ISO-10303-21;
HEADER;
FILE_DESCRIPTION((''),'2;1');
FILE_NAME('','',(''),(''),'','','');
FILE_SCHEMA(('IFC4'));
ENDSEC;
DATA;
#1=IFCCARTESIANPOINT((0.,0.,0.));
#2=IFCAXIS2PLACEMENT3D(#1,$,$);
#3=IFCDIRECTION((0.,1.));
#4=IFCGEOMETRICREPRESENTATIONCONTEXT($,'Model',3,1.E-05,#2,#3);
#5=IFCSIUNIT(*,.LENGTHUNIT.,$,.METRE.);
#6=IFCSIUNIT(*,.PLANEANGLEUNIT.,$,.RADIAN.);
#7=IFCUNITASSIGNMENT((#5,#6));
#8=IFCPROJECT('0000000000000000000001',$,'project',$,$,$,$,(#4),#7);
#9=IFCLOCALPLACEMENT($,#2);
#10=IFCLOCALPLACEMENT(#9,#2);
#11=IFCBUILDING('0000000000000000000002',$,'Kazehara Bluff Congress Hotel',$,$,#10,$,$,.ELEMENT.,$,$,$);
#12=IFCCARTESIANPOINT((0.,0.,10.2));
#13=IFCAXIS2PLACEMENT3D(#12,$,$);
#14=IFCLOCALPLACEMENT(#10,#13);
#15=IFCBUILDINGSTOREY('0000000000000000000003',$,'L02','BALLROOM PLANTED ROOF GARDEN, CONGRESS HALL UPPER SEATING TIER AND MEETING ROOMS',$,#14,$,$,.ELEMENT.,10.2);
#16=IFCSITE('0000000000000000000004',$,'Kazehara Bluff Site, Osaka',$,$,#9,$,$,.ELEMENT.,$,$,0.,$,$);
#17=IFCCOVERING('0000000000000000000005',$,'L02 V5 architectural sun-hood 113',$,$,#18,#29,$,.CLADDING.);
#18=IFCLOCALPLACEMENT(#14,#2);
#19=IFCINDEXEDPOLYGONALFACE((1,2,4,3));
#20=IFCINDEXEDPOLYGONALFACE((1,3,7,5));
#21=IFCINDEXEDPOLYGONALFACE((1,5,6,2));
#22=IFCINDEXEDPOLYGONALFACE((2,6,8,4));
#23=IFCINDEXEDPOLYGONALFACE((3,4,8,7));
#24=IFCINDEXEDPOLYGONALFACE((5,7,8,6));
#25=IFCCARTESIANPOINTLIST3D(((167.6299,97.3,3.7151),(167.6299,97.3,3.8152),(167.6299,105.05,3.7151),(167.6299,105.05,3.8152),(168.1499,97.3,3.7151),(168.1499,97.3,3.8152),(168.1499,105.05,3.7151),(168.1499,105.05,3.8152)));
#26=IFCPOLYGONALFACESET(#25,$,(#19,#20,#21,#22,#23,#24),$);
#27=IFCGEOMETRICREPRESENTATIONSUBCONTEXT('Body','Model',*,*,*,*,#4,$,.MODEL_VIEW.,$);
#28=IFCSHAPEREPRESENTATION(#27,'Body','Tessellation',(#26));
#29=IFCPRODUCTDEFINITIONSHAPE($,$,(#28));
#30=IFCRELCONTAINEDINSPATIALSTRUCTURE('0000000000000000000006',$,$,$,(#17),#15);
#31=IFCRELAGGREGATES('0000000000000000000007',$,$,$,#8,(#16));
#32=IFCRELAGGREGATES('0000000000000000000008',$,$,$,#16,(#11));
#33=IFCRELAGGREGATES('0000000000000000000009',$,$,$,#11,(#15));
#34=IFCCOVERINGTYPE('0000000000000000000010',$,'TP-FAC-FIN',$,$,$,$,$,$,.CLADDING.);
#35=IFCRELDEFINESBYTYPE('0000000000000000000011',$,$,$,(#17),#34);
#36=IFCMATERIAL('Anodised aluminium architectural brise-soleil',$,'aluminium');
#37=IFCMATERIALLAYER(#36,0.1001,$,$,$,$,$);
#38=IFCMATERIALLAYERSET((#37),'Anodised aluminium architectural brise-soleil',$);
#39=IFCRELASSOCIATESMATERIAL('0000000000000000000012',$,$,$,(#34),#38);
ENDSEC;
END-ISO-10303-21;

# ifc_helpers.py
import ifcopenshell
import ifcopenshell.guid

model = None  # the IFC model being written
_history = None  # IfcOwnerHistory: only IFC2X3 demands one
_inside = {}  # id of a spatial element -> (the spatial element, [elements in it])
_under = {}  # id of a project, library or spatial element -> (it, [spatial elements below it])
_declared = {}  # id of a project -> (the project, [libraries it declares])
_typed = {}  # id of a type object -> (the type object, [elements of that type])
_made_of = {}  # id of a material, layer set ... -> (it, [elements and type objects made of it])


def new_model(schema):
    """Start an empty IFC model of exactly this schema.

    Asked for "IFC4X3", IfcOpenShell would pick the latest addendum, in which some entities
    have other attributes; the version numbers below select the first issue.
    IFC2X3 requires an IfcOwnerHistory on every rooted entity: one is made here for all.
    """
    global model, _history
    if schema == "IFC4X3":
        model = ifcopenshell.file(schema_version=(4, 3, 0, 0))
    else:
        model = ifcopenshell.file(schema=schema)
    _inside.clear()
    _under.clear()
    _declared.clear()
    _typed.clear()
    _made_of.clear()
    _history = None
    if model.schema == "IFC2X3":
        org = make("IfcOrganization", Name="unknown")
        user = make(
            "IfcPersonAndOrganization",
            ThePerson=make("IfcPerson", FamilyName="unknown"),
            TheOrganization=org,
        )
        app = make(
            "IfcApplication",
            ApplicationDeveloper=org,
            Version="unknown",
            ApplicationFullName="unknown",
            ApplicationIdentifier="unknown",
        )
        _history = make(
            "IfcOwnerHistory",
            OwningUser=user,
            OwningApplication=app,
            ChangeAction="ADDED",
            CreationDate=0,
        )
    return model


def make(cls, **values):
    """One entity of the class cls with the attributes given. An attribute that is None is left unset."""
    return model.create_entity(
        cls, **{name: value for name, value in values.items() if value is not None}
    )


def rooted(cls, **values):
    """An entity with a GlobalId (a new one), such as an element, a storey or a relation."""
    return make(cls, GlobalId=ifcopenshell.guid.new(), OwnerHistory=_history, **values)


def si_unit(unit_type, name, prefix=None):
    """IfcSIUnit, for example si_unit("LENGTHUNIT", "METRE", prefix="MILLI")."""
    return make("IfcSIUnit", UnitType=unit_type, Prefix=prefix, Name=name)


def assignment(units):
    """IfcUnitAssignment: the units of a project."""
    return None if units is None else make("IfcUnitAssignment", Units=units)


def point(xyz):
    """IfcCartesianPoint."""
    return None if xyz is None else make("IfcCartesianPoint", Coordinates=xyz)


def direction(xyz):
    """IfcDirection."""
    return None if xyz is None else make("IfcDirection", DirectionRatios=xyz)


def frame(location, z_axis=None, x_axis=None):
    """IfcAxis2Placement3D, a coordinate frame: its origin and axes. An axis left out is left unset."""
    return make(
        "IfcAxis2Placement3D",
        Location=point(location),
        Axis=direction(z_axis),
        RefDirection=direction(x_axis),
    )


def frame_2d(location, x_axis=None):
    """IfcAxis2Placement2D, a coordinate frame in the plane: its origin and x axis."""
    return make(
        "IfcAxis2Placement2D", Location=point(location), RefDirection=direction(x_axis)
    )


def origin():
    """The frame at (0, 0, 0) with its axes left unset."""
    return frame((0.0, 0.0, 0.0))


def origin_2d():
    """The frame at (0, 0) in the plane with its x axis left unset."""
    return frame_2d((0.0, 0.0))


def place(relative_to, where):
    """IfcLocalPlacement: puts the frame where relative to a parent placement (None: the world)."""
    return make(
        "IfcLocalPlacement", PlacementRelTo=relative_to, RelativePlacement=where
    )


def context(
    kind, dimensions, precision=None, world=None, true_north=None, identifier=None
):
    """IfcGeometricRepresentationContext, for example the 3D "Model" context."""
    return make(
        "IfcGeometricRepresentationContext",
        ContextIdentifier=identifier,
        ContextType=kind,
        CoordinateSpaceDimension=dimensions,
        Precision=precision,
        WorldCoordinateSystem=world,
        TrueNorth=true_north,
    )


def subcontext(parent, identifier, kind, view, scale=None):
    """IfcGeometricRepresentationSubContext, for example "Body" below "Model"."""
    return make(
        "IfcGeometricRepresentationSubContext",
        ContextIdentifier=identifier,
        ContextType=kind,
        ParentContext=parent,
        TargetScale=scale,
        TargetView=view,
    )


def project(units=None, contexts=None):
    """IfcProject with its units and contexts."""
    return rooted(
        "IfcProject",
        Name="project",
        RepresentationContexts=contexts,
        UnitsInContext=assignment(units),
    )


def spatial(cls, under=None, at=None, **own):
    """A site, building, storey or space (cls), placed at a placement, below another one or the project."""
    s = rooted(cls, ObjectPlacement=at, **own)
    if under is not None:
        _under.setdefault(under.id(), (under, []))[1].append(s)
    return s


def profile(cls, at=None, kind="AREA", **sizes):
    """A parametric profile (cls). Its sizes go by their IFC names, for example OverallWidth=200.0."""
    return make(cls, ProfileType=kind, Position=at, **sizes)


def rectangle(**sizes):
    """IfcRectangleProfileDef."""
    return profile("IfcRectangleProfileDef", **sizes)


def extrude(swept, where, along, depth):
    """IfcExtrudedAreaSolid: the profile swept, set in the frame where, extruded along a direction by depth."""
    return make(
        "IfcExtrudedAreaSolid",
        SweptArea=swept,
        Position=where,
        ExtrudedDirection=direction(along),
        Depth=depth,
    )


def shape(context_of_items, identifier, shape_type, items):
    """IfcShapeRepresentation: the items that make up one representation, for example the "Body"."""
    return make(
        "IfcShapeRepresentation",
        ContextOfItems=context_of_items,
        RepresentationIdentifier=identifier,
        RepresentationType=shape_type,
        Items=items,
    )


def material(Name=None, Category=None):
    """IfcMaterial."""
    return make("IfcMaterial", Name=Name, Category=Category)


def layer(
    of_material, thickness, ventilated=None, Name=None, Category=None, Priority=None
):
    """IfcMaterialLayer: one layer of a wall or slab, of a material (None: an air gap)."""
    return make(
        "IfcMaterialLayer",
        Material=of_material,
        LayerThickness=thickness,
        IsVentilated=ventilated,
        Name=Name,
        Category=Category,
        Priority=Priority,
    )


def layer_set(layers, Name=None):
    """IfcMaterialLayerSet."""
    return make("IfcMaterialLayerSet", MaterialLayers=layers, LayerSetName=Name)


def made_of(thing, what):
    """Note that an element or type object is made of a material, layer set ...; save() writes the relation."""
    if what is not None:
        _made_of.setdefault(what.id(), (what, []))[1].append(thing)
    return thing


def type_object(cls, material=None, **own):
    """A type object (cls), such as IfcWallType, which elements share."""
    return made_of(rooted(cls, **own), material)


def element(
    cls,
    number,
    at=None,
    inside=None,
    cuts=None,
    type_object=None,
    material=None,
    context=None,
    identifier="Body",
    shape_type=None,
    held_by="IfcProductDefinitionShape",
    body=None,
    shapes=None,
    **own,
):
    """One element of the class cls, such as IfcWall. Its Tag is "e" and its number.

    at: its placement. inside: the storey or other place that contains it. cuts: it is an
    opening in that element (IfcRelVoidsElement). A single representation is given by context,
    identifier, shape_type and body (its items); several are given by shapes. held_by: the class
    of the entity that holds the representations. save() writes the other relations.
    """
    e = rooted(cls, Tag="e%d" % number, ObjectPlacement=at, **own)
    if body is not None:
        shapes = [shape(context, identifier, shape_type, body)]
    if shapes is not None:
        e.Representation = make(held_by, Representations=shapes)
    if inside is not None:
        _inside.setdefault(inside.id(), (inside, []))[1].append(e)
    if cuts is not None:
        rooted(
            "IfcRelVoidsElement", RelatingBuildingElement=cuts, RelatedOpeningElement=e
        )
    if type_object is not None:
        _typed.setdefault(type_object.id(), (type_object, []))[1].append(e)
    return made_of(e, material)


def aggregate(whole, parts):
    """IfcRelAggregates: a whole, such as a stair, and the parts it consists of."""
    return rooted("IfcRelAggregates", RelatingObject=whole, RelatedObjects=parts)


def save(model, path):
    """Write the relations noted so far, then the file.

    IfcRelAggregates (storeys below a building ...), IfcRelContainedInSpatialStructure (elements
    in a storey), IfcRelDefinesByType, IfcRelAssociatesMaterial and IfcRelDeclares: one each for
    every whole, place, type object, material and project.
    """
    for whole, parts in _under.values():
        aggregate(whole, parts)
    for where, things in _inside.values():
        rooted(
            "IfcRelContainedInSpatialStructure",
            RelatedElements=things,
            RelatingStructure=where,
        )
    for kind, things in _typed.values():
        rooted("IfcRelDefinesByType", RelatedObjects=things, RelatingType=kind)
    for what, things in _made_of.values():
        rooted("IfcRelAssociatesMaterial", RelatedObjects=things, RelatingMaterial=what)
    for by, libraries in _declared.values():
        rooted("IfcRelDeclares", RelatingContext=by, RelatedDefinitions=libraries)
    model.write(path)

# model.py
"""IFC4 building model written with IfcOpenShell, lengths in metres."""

from ifc_helpers import new_model, si_unit, direction, frame, origin, origin_2d, place, context, subcontext, project, spatial, rectangle, extrude, material, layer, layer_set, type_object, element, save


model = new_model("IFC4")

# Units and contexts
model_context = context("Model", 3, precision=1e-05, world=origin(), true_north=direction((0.0, 1.0)))
body_context = subcontext(model_context, "Body", "Model", "MODEL_VIEW")
ifc_project = project(units=[si_unit("LENGTHUNIT", "METRE"), si_unit("PLANEANGLEUNIT", "RADIAN")], contexts=[model_context])

# Site, building, storey
site_placement = place(None, origin())
site = spatial("IfcSite", under=ifc_project, at=site_placement, Name="Kazehara Bluff Site, Osaka", CompositionType="ELEMENT", RefElevation=0.0)
building_placement = place(site_placement, origin())
building = spatial("IfcBuilding", under=site, at=building_placement, Name="Kazehara Bluff Congress Hotel", CompositionType="ELEMENT")
storey_placement = place(building_placement, frame((0.0, 0.0, 10.2)))
storey = spatial("IfcBuildingStorey", under=building, at=storey_placement, Name="L02", Description="BALLROOM PLANTED ROOF GARDEN, CONGRESS HALL UPPER SEATING TIER AND MEETING ROOMS", CompositionType="ELEMENT", Elevation=10.2)

# Covering
ifc_material_1 = material(Name="Anodised aluminium architectural brise-soleil", Category="aluminium")
ifc_layer_1 = layer(ifc_material_1, 0.1001)
ifc_layer_set_1 = layer_set([ifc_layer_1], Name="Anodised aluminium architectural brise-soleil")
covering_type = type_object("IfcCoveringType", Name="TP-FAC-FIN", PredefinedType="CLADDING", material=ifc_layer_set_1)
covering_placement = place(storey_placement, frame((167.8899, 101.175, 3.7151), z_axis=(0.0, 0.0, 1.0), x_axis=(1.0, 0.0, 0.0)))
element("IfcCovering", 1, at=covering_placement, inside=storey, type_object=covering_type, Name="L02 V5 architectural sun-hood 113", PredefinedType="CLADDING", context=body_context, shape_type="SweptSolid", body=[
    extrude(rectangle(XDim=0.52, YDim=7.75, at=origin_2d()), origin(), (0.0, 0.0, 1.0), 0.1001),
])

save(model, "model.ifc")
